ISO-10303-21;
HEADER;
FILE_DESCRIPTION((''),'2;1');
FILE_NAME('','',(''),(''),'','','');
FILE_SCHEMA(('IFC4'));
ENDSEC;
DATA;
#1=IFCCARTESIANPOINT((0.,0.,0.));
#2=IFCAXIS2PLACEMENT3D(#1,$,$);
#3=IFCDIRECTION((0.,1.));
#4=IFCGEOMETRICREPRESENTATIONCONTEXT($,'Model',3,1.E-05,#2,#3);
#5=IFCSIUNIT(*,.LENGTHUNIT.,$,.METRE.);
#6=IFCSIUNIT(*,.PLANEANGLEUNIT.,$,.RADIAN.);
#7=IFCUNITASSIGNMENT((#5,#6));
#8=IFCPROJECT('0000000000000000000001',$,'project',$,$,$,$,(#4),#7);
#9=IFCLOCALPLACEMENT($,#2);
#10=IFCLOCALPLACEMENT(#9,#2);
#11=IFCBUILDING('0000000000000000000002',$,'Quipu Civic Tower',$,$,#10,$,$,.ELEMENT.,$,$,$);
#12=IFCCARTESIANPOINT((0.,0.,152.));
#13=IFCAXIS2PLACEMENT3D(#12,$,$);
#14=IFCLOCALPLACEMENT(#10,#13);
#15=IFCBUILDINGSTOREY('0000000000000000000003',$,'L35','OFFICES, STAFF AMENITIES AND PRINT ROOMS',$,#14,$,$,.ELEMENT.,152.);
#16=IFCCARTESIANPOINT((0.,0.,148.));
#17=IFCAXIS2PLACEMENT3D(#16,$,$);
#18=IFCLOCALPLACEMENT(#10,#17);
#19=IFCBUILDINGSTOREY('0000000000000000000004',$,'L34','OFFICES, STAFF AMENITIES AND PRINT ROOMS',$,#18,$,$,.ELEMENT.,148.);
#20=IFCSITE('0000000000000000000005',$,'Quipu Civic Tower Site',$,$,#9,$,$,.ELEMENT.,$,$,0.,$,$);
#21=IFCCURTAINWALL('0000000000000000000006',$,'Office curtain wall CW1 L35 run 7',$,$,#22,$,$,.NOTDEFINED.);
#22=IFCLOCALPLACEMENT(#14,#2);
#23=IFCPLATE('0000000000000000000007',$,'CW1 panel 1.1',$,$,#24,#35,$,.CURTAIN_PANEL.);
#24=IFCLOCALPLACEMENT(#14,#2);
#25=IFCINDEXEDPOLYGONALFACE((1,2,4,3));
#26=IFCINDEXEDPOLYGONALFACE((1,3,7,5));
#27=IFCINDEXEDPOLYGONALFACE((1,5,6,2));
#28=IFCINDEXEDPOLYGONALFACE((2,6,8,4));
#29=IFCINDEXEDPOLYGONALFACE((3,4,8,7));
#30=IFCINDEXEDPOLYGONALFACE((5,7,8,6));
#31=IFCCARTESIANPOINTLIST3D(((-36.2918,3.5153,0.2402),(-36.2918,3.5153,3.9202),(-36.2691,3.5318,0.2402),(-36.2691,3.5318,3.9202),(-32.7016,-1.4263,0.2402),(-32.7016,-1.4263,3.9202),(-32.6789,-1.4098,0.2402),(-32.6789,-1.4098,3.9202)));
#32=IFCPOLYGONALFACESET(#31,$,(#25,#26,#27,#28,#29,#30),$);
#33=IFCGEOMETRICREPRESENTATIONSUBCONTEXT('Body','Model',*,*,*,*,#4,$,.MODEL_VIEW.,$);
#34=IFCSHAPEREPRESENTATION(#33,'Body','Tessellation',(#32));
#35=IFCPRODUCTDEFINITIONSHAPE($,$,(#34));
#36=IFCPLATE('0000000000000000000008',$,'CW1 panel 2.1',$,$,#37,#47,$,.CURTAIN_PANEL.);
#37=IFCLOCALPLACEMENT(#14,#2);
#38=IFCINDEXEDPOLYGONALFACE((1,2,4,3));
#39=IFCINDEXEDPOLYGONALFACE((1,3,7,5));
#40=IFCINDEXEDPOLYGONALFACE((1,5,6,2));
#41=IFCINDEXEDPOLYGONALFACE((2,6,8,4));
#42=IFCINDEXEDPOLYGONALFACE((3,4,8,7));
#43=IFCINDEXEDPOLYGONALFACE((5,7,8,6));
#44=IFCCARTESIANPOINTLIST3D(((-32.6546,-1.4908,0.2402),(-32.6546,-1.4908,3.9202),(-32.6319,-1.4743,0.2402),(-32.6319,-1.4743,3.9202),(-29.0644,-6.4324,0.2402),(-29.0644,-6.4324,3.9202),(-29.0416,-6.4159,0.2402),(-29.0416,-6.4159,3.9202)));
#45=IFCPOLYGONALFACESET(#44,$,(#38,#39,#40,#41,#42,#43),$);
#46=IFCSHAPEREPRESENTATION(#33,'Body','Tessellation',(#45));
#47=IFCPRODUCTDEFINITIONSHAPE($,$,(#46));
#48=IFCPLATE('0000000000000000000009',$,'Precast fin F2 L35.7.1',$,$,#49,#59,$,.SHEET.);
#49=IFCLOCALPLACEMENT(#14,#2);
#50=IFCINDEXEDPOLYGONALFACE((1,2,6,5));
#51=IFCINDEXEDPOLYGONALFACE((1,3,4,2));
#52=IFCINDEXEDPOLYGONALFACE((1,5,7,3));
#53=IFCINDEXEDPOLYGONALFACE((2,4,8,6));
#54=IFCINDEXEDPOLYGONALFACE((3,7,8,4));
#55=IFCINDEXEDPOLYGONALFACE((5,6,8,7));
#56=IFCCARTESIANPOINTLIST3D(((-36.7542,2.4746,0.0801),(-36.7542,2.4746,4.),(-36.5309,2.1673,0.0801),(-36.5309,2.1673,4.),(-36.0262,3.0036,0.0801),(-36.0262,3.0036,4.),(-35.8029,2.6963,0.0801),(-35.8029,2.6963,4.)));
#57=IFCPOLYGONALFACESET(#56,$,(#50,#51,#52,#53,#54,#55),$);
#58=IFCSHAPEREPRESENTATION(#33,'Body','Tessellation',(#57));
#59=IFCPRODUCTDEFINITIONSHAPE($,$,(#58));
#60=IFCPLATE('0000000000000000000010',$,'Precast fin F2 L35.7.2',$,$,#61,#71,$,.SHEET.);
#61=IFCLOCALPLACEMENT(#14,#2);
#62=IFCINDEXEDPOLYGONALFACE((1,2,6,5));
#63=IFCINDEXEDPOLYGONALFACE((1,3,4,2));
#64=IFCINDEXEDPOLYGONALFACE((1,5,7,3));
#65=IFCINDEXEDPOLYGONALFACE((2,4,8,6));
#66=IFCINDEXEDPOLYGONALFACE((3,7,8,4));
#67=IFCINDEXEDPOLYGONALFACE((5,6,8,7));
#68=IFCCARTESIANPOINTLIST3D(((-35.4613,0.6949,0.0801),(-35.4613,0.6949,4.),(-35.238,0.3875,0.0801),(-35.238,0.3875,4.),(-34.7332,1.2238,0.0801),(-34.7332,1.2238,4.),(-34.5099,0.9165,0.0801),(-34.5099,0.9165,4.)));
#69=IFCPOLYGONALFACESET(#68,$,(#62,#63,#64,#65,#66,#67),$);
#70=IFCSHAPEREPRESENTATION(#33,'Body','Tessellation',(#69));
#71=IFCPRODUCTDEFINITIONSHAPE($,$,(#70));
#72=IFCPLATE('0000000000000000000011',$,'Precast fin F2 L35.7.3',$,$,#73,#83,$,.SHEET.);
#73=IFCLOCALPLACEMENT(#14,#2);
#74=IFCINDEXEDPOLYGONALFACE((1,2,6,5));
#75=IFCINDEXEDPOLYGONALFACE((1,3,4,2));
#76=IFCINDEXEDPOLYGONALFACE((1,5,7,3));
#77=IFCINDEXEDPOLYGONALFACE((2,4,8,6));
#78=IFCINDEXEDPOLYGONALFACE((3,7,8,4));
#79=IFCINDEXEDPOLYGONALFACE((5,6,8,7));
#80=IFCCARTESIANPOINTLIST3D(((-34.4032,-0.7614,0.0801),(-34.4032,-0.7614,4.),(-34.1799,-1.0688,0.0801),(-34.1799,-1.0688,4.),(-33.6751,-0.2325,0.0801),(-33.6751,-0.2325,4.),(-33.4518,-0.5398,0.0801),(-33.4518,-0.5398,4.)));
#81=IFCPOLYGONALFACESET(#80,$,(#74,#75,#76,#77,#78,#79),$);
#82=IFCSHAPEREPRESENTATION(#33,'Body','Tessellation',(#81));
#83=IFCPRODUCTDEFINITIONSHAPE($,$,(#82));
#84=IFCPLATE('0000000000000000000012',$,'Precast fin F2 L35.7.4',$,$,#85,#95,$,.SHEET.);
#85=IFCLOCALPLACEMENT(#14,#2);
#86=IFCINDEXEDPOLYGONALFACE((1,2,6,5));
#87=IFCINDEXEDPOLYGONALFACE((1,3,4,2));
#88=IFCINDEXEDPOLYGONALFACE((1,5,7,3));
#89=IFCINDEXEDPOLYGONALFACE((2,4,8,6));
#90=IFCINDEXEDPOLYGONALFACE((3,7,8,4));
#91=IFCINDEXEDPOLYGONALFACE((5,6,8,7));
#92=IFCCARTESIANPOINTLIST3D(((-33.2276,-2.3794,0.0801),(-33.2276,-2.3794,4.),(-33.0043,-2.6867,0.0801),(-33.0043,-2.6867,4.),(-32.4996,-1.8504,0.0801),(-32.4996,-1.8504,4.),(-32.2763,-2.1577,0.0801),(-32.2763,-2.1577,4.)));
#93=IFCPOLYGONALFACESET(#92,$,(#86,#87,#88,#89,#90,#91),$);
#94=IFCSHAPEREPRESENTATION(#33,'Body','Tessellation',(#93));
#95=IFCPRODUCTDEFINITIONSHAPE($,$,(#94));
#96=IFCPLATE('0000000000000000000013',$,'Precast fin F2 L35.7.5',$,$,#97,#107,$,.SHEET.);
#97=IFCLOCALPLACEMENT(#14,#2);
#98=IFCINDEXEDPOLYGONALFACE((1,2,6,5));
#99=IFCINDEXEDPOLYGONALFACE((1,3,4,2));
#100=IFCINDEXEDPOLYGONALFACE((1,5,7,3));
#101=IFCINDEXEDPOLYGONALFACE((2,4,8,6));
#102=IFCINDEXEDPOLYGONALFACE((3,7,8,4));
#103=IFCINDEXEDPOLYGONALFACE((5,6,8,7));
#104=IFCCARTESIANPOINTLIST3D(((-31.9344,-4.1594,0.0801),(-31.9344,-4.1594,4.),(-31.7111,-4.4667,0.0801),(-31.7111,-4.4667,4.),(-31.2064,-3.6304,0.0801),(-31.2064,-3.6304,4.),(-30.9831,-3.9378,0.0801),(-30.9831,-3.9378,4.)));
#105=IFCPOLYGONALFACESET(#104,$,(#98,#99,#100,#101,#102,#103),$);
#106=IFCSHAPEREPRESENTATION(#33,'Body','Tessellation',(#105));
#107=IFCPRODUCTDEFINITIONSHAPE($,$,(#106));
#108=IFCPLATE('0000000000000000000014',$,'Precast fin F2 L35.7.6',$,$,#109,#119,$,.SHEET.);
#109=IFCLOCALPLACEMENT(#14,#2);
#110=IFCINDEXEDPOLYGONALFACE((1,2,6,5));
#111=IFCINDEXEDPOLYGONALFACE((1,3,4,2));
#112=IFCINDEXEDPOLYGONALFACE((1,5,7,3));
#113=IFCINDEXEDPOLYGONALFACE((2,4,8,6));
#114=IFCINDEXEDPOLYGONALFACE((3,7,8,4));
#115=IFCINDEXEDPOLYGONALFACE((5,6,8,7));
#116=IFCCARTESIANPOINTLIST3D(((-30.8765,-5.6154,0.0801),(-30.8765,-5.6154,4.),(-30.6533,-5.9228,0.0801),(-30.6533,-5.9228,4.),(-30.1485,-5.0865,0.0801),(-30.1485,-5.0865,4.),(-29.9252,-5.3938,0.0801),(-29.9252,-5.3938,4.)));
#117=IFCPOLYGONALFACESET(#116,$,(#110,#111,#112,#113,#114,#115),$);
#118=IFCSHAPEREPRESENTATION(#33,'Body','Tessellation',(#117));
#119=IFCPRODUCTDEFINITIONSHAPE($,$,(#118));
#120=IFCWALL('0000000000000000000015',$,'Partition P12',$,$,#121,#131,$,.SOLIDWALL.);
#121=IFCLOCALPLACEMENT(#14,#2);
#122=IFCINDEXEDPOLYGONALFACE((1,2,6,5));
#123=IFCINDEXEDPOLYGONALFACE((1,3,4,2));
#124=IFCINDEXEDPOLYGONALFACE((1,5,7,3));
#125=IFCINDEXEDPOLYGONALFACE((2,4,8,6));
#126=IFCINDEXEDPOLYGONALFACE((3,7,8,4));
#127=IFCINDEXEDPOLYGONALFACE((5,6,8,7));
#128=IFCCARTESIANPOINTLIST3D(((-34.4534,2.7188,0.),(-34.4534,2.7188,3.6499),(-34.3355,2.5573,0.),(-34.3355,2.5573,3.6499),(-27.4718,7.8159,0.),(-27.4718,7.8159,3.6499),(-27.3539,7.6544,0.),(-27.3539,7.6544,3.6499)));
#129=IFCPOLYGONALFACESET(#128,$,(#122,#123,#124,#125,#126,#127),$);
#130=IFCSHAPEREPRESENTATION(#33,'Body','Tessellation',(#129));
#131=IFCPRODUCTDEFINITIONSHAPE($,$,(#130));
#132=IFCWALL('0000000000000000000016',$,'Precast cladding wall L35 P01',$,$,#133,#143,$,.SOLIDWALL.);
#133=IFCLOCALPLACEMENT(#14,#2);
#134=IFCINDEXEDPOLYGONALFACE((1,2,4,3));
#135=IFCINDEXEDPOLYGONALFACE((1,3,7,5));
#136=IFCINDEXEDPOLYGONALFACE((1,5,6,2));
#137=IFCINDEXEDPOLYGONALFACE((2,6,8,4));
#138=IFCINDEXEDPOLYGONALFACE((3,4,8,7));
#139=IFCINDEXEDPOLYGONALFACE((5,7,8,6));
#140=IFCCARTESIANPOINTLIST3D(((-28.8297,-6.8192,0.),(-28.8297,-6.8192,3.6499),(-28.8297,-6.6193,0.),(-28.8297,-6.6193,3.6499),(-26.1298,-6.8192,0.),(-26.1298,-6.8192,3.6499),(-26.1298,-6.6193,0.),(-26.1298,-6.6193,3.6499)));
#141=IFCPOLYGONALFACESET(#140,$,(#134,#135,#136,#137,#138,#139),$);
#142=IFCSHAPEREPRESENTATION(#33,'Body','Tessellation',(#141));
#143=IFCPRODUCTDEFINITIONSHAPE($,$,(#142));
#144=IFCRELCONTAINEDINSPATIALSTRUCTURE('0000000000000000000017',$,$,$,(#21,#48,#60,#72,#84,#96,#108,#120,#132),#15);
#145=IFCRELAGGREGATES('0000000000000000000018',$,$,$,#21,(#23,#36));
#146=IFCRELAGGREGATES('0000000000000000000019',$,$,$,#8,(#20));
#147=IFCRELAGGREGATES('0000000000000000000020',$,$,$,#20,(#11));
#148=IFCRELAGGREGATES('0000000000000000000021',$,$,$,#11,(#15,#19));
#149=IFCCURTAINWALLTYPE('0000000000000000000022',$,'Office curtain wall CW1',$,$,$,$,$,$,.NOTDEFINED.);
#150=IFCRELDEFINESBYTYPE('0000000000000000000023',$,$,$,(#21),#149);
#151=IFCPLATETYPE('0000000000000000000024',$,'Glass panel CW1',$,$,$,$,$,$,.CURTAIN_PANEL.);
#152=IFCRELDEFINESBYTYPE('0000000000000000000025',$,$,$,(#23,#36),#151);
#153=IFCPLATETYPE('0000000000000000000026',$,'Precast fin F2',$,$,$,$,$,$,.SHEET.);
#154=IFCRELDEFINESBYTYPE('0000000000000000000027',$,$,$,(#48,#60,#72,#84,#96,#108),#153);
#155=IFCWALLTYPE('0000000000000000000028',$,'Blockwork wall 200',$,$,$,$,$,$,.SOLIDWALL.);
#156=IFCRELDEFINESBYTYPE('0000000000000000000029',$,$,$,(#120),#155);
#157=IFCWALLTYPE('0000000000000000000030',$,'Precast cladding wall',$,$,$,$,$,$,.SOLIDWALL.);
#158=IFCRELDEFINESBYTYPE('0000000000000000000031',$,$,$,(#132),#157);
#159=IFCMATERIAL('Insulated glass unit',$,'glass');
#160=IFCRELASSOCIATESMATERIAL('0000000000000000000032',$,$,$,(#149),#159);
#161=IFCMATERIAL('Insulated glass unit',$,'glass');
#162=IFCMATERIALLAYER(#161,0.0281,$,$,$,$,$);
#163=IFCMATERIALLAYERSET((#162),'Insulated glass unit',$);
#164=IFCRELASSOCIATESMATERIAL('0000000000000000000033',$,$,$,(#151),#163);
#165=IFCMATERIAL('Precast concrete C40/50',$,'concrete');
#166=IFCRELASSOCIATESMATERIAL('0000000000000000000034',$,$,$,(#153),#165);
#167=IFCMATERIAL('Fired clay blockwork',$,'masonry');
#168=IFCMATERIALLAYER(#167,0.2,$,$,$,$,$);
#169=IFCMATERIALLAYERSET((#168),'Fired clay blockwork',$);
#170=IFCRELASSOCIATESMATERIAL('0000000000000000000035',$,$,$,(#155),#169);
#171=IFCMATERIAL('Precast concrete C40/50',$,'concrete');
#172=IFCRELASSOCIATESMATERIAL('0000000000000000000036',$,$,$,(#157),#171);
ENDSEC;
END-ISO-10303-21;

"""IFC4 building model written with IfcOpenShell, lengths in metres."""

from ifc_helpers import new_model, si_unit, direction, frame, frame_2d, origin, origin_2d, place, context, subcontext, project, spatial, rectangle, extrude, material, layer, layer_set, type_object, element, aggregate, save


model = new_model("IFC4")

# Units and contexts
model_context = context("Model", 3, precision=1e-05, world=origin(), true_north=direction((0.0, 1.0)))
body_context = subcontext(model_context, "Body", "Model", "MODEL_VIEW")
ifc_project = project(units=[si_unit("LENGTHUNIT", "METRE"), si_unit("PLANEANGLEUNIT", "RADIAN")], contexts=[model_context])

# Site, building, storey
site_placement = place(None, origin())
site = spatial("IfcSite", under=ifc_project, at=site_placement, Name="Quipu Civic Tower Site", CompositionType="ELEMENT", RefElevation=0.0)
building_placement = place(site_placement, origin())
building = spatial("IfcBuilding", under=site, at=building_placement, Name="Quipu Civic Tower", CompositionType="ELEMENT")
storey_1_placement = place(building_placement, frame((0.0, 0.0, 152.0)))
storey_1 = spatial("IfcBuildingStorey", under=building, at=storey_1_placement, Name="L35", Description="OFFICES, STAFF AMENITIES AND PRINT ROOMS", CompositionType="ELEMENT", Elevation=152.0)

# Shared definitions
ifc_material_1 = material(Name="Insulated glass unit", Category="glass")
curtain_wall_type = type_object("IfcCurtainWallType", Name="Office curtain wall CW1", PredefinedType="NOTDEFINED", material=ifc_material_1)

# Curtain wall
curtain_wall_1_placement = place(storey_1_placement, origin())
curtain_wall_1 = element("IfcCurtainWall", 1, at=curtain_wall_1_placement, inside=storey_1, type_object=curtain_wall_type, Name="Office curtain wall CW1 L35 run 7", PredefinedType="NOTDEFINED")

# Shared definitions
storey_2_placement = place(building_placement, frame((0.0, 0.0, 148.0)))
storey_2 = spatial("IfcBuildingStorey", under=building, at=storey_2_placement, Name="L34", Description="OFFICES, STAFF AMENITIES AND PRINT ROOMS", CompositionType="ELEMENT", Elevation=148.0)

# Plates
ifc_material_2 = material(Name="Insulated glass unit", Category="glass")
ifc_layer_1 = layer(ifc_material_2, 0.0281)
ifc_layer_set_1 = layer_set([ifc_layer_1], Name="Insulated glass unit")
plate_type_1 = type_object("IfcPlateType", Name="Glass panel CW1", PredefinedType="CURTAIN_PANEL", material=ifc_layer_set_1)
plate_1_placement = place(storey_1_placement, frame((-34.4854, 1.0527, 0.2402), z_axis=(0.0, 0.0, 1.0), x_axis=(0.587784, -0.809018, 0.0)))
plate_1 = element("IfcPlate", 2, at=plate_1_placement, type_object=plate_type_1, Name="CW1 panel 1.1", PredefinedType="CURTAIN_PANEL", context=body_context, shape_type="SweptSolid", body=[
    extrude(rectangle(XDim=6.1082, YDim=0.0281, at=origin_2d()), origin(), (0.0, 0.0, 1.0), 3.6799),
])
plate_2_placement = place(storey_1_placement, frame((-30.8481, -3.9534, 0.2402), z_axis=(0.0, 0.0, 1.0), x_axis=(0.587784, -0.809018, 0.0)))
plate_2 = element("IfcPlate", 3, at=plate_2_placement, type_object=plate_type_1, Name="CW1 panel 2.1", PredefinedType="CURTAIN_PANEL", context=body_context, shape_type="SweptSolid", body=[
    extrude(rectangle(XDim=6.1082, YDim=0.0281, at=origin_2d()), origin(), (0.0, 0.0, 1.0), 3.6799),
])
aggregate(curtain_wall_1, [plate_1, plate_2])

# Plates
ifc_material_3 = material(Name="Precast concrete C40/50", Category="concrete")
plate_type_2 = type_object("IfcPlateType", Name="Precast fin F2", PredefinedType="SHEET", material=ifc_material_3)
for number, where, z_axis, x_axis, name in (
    (4, (-36.2786, 2.5854, 0.0801), (0.0, 0.0, 1.0), (0.587784, -0.809018, 0.0), "Precast fin F2 L35.7.1"),
    (5, (-34.9856, 0.8057, 0.0801), (0.0, 0.0, 1.0), (0.587784, -0.809018, 0.0), "Precast fin F2 L35.7.2"),
    (6, (-33.9275, -0.6506, 0.0801), (0.0, 0.0, 1.0), (0.587784, -0.809018, 0.0), "Precast fin F2 L35.7.3"),
    (7, (-32.752, -2.2686, 0.0801), (0.0, 0.0, 1.0), (0.587784, -0.809018, 0.0), "Precast fin F2 L35.7.4"),
    (8, (-31.4587, -4.0486, 0.0801), (0.0, 0.0, 1.0), (0.587784, -0.809018, 0.0), "Precast fin F2 L35.7.5"),
    (9, (-30.4009, -5.5046, 0.0801), (0.0, 0.0, 1.0), (0.587784, -0.809018, 0.0), "Precast fin F2 L35.7.6"),
):
    element("IfcPlate", number, at=place(storey_1_placement, frame(where, z_axis=z_axis, x_axis=x_axis)), inside=storey_1, type_object=plate_type_2, Name=name, PredefinedType="SHEET", context=body_context, shape_type="SweptSolid", body=[
        extrude(rectangle(XDim=0.3799, YDim=0.8999, at=origin_2d()), origin(), (0.0, 0.0, 1.0), 3.9199),
    ])

# Walls
ifc_material_4 = material(Name="Fired clay blockwork", Category="masonry")
ifc_layer_2 = layer(ifc_material_4, 0.2)
ifc_layer_set_2 = layer_set([ifc_layer_2], Name="Fired clay blockwork")
wall_type_1 = type_object("IfcWallType", Name="Blockwork wall 200", PredefinedType="SOLIDWALL", material=ifc_layer_set_2)
wall_1_placement = place(storey_1_placement, frame((-34.3945, 2.6379, 0.0), z_axis=(0.0, 0.0, 1.0), x_axis=(0.807658, 0.589652, 0.0)))
element("IfcWall", 10, at=wall_1_placement, inside=storey_1, type_object=wall_type_1, Name="Partition P12", PredefinedType="SOLIDWALL", context=body_context, shape_type="SweptSolid", body=[
    extrude(rectangle(XDim=8.6443, YDim=0.2, at=frame_2d((4.3223, 0.0))), origin(), (0.0, 0.0, 1.0), 3.6499),
])
ifc_material_5 = material(Name="Precast concrete C40/50", Category="concrete")
wall_type_2 = type_object("IfcWallType", Name="Precast cladding wall", PredefinedType="SOLIDWALL", material=ifc_material_5)
wall_2_placement = place(storey_1_placement, frame((-28.8298, -6.7192, 0.0), z_axis=(0.0, 0.0, 1.0), x_axis=(1.0, 0.0, 0.0)))
element("IfcWall", 11, at=wall_2_placement, inside=storey_1, type_object=wall_type_2, Name="Precast cladding wall L35 P01", PredefinedType="SOLIDWALL", context=body_context, shape_type="SweptSolid", body=[
    extrude(rectangle(XDim=2.7, YDim=0.2, at=frame_2d((1.3501, 0.0))), origin(), (0.0, 0.0, 1.0), 3.6499),
])

save(model, "model.ifc")
